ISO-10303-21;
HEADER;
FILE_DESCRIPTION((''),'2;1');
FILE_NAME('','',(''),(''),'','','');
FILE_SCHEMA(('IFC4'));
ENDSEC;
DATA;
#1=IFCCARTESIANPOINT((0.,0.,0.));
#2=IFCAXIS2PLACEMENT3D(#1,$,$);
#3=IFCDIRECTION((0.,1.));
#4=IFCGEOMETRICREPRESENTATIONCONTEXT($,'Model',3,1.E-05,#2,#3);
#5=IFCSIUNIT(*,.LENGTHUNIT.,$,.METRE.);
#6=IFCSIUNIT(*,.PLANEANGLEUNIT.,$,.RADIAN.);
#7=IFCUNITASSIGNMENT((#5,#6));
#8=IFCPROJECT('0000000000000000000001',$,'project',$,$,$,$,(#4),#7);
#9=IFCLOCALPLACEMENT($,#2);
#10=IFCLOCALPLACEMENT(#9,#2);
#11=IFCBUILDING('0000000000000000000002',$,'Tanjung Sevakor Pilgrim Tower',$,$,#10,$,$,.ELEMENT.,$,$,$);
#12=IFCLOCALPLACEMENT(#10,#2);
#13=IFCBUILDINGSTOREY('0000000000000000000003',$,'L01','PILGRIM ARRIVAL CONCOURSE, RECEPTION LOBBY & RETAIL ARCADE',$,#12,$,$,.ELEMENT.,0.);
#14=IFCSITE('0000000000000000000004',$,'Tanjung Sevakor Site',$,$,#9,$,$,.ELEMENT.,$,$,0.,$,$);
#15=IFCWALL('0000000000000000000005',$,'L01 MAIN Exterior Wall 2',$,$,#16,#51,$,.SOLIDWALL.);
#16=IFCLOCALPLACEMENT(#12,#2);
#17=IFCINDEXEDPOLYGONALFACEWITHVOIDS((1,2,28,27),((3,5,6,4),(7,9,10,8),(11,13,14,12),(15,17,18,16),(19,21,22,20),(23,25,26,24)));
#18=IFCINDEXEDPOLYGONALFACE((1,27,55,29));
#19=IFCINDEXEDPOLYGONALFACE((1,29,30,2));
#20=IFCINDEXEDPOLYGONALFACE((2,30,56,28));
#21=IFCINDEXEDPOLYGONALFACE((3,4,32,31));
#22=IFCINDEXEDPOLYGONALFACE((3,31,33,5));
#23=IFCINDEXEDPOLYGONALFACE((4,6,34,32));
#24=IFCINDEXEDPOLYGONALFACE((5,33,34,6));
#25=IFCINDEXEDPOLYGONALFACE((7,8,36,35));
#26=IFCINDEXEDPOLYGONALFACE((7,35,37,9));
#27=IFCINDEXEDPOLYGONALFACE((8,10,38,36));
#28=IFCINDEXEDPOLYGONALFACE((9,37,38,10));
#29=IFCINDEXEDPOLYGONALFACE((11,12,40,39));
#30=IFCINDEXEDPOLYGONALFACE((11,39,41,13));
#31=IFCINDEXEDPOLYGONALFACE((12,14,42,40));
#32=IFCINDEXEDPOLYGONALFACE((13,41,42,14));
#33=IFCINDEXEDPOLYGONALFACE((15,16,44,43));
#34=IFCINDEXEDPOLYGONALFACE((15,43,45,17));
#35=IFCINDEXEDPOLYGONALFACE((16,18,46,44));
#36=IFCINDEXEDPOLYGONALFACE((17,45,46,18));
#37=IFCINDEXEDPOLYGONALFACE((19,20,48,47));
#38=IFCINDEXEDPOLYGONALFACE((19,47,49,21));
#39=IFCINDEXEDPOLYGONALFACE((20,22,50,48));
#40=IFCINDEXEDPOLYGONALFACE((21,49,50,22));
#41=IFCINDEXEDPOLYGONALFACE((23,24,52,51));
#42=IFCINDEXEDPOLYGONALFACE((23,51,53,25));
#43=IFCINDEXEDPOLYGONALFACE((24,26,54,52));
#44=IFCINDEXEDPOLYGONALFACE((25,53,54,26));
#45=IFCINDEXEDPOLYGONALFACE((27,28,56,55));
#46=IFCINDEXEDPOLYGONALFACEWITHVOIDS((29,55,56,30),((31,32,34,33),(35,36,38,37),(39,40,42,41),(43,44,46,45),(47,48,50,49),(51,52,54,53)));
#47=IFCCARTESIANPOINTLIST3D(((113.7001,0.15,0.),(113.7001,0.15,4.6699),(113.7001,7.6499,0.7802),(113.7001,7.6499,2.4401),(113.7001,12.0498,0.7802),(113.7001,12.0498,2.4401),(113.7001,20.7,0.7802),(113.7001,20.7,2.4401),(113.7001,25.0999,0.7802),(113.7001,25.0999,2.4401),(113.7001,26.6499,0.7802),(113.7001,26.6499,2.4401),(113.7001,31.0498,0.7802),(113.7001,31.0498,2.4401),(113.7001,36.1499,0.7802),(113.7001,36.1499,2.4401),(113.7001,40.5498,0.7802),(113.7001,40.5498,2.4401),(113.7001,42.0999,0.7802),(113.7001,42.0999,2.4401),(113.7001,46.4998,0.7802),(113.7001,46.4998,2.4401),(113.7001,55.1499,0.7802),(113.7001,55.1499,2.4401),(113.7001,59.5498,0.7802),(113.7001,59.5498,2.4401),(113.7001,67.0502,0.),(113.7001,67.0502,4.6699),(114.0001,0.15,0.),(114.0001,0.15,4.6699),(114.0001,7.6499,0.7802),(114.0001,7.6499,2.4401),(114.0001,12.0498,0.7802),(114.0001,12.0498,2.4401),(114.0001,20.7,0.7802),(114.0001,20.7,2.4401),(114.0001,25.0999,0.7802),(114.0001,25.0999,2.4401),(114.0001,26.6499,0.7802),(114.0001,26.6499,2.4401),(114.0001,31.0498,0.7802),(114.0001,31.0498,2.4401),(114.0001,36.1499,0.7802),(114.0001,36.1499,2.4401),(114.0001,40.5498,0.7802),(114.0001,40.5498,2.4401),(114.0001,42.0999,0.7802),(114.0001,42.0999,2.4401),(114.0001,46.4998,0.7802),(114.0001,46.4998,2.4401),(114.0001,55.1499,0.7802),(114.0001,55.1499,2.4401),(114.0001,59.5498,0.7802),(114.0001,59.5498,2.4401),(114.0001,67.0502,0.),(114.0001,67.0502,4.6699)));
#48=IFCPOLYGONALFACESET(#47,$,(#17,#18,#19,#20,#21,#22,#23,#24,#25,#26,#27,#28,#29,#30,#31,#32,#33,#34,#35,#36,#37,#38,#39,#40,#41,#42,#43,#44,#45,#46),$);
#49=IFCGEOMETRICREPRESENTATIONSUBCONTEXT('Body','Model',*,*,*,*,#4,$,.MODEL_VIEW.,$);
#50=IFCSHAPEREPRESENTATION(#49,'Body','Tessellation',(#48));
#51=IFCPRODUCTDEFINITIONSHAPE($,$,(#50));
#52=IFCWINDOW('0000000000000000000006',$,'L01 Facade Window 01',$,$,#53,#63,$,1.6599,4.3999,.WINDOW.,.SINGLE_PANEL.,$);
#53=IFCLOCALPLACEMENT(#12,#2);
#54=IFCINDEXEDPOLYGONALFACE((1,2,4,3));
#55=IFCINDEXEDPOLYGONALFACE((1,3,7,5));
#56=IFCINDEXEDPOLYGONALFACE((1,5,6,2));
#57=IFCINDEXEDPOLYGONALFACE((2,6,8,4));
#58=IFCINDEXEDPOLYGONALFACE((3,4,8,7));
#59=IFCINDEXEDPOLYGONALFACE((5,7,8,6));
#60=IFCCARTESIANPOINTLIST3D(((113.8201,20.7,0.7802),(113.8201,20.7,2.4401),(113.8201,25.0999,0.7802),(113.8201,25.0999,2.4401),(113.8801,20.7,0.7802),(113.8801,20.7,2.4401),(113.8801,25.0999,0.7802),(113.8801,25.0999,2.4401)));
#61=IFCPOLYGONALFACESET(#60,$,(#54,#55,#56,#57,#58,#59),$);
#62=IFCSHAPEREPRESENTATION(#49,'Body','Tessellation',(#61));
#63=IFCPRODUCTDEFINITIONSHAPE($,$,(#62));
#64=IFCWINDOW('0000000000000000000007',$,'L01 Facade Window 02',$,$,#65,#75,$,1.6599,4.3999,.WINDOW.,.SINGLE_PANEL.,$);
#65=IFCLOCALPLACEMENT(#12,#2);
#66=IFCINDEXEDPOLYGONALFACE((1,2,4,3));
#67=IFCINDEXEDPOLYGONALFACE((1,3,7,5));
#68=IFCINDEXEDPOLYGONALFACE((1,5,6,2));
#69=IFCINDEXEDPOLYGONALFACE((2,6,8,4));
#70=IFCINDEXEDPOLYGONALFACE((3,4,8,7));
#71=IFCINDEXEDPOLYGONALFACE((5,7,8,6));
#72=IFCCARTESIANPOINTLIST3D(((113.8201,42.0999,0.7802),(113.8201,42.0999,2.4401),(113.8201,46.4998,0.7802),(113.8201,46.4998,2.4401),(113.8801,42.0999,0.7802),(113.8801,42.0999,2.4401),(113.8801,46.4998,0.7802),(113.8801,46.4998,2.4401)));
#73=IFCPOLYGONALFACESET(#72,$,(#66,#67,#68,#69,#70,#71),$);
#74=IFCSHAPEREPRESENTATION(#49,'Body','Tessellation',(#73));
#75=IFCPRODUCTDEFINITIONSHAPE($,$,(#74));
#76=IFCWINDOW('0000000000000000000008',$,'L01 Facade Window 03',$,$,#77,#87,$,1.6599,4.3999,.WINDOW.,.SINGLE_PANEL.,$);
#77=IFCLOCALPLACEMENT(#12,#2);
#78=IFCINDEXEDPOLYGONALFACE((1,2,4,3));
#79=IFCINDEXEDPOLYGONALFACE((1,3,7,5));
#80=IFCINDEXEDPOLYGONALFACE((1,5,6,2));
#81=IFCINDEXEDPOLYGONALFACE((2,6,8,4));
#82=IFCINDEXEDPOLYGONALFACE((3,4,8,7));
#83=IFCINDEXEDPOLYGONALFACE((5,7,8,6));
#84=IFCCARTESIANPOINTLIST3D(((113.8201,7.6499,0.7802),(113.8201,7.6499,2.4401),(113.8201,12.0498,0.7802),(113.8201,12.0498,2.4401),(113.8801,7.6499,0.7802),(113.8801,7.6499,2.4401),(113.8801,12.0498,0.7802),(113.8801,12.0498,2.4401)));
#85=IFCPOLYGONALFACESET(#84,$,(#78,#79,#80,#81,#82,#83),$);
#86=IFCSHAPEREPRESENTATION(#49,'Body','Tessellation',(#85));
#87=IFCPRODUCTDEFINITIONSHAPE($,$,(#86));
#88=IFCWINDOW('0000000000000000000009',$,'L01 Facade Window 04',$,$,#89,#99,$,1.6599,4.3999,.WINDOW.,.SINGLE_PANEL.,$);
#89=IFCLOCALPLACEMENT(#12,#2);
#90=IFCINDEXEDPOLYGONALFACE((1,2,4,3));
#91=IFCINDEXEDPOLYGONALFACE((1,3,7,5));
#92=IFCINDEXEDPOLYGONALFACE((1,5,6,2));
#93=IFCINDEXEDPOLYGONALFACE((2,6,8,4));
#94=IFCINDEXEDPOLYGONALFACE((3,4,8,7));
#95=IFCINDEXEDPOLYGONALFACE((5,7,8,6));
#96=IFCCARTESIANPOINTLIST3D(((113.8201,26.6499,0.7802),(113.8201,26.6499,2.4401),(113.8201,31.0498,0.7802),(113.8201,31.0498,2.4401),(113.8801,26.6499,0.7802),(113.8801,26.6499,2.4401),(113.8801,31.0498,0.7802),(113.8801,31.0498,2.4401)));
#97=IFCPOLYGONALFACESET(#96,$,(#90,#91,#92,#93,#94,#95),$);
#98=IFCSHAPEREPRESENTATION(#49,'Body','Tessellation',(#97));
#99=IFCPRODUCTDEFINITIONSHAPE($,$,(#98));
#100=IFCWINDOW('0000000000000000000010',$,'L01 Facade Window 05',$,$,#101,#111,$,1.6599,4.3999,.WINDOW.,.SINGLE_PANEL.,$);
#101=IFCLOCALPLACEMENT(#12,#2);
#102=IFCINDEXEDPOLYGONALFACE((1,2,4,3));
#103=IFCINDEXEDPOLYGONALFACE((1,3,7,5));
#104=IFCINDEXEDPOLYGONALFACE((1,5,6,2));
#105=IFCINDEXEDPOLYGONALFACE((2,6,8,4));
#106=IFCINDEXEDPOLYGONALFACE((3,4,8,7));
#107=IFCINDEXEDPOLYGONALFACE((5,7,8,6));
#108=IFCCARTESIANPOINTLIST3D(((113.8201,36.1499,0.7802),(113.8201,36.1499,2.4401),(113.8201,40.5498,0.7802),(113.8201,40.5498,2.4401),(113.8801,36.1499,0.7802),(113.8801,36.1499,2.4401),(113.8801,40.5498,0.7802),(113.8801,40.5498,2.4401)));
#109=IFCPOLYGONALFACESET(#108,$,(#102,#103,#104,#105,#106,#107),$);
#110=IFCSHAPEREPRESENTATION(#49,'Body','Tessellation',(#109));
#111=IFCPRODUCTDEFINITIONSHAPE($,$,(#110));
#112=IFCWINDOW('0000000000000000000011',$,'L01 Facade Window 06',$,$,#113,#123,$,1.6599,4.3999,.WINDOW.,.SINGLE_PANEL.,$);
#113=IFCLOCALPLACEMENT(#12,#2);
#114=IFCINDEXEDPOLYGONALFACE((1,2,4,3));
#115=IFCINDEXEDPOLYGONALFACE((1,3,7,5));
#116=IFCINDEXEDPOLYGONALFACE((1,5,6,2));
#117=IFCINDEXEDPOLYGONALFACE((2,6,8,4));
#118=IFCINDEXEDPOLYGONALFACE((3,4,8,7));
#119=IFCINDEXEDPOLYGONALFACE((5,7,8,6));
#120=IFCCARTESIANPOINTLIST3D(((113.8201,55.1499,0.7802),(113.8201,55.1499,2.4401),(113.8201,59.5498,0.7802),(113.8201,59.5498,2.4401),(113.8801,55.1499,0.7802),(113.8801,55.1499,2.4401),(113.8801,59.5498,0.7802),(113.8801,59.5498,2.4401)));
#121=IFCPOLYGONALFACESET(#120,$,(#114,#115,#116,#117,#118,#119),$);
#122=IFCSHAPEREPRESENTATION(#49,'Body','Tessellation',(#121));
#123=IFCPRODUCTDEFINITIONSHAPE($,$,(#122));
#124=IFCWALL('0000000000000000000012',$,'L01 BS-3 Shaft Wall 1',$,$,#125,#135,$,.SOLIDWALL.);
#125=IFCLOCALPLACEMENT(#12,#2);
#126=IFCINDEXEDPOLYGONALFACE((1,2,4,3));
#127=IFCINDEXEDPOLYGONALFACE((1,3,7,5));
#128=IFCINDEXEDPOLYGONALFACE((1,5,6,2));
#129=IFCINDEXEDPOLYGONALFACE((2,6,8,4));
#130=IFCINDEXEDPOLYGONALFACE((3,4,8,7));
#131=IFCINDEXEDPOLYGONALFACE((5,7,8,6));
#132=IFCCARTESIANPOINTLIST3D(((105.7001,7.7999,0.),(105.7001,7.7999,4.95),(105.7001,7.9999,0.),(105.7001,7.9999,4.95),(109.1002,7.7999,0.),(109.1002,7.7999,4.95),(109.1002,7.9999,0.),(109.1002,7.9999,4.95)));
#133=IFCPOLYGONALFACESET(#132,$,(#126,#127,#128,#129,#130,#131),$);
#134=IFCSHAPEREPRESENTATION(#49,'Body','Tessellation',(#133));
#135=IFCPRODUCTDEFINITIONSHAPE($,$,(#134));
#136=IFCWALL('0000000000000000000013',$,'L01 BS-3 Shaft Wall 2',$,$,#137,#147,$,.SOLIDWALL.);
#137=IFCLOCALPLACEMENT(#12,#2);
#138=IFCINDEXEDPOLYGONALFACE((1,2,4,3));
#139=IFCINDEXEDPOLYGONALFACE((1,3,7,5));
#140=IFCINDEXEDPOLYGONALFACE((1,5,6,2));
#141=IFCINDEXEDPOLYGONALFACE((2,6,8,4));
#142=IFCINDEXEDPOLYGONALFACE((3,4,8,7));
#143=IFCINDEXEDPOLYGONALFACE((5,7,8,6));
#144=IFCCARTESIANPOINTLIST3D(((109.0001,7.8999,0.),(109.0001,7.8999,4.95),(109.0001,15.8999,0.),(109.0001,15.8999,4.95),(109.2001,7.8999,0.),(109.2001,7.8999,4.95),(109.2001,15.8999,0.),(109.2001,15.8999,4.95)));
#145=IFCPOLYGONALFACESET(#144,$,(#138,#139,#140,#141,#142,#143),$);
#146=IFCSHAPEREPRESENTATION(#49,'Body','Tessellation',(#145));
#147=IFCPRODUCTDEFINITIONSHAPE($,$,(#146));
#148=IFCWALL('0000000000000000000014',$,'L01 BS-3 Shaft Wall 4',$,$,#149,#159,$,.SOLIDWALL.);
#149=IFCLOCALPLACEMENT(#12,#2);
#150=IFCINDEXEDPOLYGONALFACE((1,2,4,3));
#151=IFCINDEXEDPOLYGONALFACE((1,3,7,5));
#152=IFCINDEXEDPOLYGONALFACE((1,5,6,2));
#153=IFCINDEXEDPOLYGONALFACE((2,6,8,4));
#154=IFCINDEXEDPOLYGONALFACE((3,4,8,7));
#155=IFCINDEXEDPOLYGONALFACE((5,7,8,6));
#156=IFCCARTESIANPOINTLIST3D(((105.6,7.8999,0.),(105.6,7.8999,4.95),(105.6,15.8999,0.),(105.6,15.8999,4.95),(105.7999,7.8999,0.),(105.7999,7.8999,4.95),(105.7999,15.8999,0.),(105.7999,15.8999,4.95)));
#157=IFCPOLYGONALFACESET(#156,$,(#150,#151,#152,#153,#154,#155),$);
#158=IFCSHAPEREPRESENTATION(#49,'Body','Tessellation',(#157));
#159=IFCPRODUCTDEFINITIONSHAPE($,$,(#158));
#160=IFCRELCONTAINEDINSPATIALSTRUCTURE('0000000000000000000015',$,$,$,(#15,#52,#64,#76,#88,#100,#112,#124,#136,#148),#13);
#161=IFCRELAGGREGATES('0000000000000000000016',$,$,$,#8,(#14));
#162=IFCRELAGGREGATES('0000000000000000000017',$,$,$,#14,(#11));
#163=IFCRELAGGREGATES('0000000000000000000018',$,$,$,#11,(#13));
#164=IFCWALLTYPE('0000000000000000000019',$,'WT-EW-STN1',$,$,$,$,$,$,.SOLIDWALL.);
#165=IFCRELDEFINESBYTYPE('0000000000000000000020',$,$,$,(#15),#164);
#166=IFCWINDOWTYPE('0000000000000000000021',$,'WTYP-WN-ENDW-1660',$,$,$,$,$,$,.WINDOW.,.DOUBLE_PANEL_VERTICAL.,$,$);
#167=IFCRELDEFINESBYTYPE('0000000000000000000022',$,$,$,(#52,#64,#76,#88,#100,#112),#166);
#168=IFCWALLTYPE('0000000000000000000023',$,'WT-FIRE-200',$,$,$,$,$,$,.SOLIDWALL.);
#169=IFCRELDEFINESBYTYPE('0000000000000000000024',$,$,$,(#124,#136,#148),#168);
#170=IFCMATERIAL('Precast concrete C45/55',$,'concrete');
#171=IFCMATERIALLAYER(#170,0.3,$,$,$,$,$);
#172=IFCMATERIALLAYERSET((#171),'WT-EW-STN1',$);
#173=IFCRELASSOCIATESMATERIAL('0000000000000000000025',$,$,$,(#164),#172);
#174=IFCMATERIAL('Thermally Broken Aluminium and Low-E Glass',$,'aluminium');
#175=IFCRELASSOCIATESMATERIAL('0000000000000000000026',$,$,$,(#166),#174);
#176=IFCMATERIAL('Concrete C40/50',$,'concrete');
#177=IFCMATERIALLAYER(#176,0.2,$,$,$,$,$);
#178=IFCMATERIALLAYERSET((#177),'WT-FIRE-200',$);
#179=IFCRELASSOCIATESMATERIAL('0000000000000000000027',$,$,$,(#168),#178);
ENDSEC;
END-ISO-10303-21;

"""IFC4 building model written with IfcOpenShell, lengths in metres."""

from ifc_helpers import new_model, si_unit, direction, frame, frame_2d, origin, place, context, subcontext, project, spatial, rectangle, extrude, material, layer, layer_set, type_object, element, fill, save


model = new_model("IFC4")

# Units and contexts
model_context = context("Model", 3, precision=1e-05, world=origin(), true_north=direction((0.0, 1.0)))
body_context = subcontext(model_context, "Body", "Model", "MODEL_VIEW")
ifc_project = project(units=[si_unit("LENGTHUNIT", "METRE"), si_unit("PLANEANGLEUNIT", "RADIAN")], contexts=[model_context])

# Site, building, storey
site_placement = place(None, origin())
site = spatial("IfcSite", under=ifc_project, at=site_placement, Name="Tanjung Sevakor Site", CompositionType="ELEMENT", RefElevation=0.0)
building_placement = place(site_placement, origin())
building = spatial("IfcBuilding", under=site, at=building_placement, Name="Tanjung Sevakor Pilgrim Tower", CompositionType="ELEMENT")
storey_placement = place(building_placement, origin())
storey = spatial("IfcBuildingStorey", under=building, at=storey_placement, Name="L01", Description="PILGRIM ARRIVAL CONCOURSE, RECEPTION LOBBY & RETAIL ARCADE", CompositionType="ELEMENT", Elevation=0.0)

# Wall, openings, windows
ifc_material_1 = material(Name="Precast concrete C45/55", Category="concrete")
ifc_layer_1 = layer(ifc_material_1, 0.3)
ifc_layer_set_1 = layer_set([ifc_layer_1], Name="WT-EW-STN1")
wall_type_1 = type_object("IfcWallType", Name="WT-EW-STN1", PredefinedType="SOLIDWALL", material=ifc_layer_set_1)
wall_1_placement = place(storey_placement, frame((113.8501, 0.1499, 0.0), z_axis=(0.0, 0.0, 1.0), x_axis=(0.0, 1.0, 0.0)))
wall_1 = element("IfcWall", 1, at=wall_1_placement, inside=storey, type_object=wall_type_1, Name="L01 MAIN Exterior Wall 2", PredefinedType="SOLIDWALL", context=body_context, shape_type="SweptSolid", body=[
    extrude(rectangle(XDim=66.9001, YDim=0.3, at=frame_2d((33.4502, 0.0))), origin(), (0.0, 0.0, 1.0), 4.6699),
])
opening_1_placement = place(wall_1_placement, frame((20.55, 0.0, 0.78)))
opening_1 = element("IfcOpeningElement", 2, at=opening_1_placement, cuts=wall_1, PredefinedType="OPENING", context=body_context, shape_type="SweptSolid", body=[
    extrude(rectangle(XDim=4.3999, YDim=1.6599, at=frame_2d((2.2, 0.8301))), frame((0.0, 0.1599, 0.0), z_axis=(0.0, -1.0, 0.0), x_axis=(1.0, 0.0, 0.0)), (0.0, 0.0, 1.0), 0.3201),
])
opening_2_placement = place(wall_1_placement, frame((41.95, 0.0, 0.78)))
opening_2 = element("IfcOpeningElement", 3, at=opening_2_placement, cuts=wall_1, PredefinedType="OPENING", context=body_context, shape_type="SweptSolid", body=[
    extrude(rectangle(XDim=4.3999, YDim=1.6599, at=frame_2d((2.2, 0.8301))), frame((0.0, 0.1599, 0.0), z_axis=(0.0, -1.0, 0.0), x_axis=(1.0, 0.0, 0.0)), (0.0, 0.0, 1.0), 0.3201),
])
opening_3_placement = place(wall_1_placement, frame((7.5, 0.0, 0.78)))
opening_3 = element("IfcOpeningElement", 4, at=opening_3_placement, cuts=wall_1, PredefinedType="OPENING", context=body_context, shape_type="SweptSolid", body=[
    extrude(rectangle(XDim=4.3999, YDim=1.6599, at=frame_2d((2.2, 0.8301))), frame((0.0, 0.1599, 0.0), z_axis=(0.0, -1.0, 0.0), x_axis=(1.0, 0.0, 0.0)), (0.0, 0.0, 1.0), 0.3201),
])
opening_4_placement = place(wall_1_placement, frame((26.5, 0.0, 0.78)))
opening_4 = element("IfcOpeningElement", 5, at=opening_4_placement, cuts=wall_1, PredefinedType="OPENING", context=body_context, shape_type="SweptSolid", body=[
    extrude(rectangle(XDim=4.3999, YDim=1.6599, at=frame_2d((2.2, 0.8301))), frame((0.0, 0.1599, 0.0), z_axis=(0.0, -1.0, 0.0), x_axis=(1.0, 0.0, 0.0)), (0.0, 0.0, 1.0), 0.3201),
])
opening_5_placement = place(wall_1_placement, frame((36.0, 0.0, 0.78)))
opening_5 = element("IfcOpeningElement", 6, at=opening_5_placement, cuts=wall_1, PredefinedType="OPENING", context=body_context, shape_type="SweptSolid", body=[
    extrude(rectangle(XDim=4.3999, YDim=1.6599, at=frame_2d((2.2, 0.8301))), frame((0.0, 0.1599, 0.0), z_axis=(0.0, -1.0, 0.0), x_axis=(1.0, 0.0, 0.0)), (0.0, 0.0, 1.0), 0.3201),
])
opening_6_placement = place(wall_1_placement, frame((55.0, 0.0, 0.78)))
opening_6 = element("IfcOpeningElement", 7, at=opening_6_placement, cuts=wall_1, PredefinedType="OPENING", context=body_context, shape_type="SweptSolid", body=[
    extrude(rectangle(XDim=4.3999, YDim=1.6599, at=frame_2d((2.2, 0.8301))), frame((0.0, 0.1599, 0.0), z_axis=(0.0, -1.0, 0.0), x_axis=(1.0, 0.0, 0.0)), (0.0, 0.0, 1.0), 0.3201),
])
ifc_material_2 = material(Name="Thermally Broken Aluminium and Low-E Glass", Category="aluminium")
window_type = type_object("IfcWindowType", Name="WTYP-WN-ENDW-1660", PartitioningType="DOUBLE_PANEL_VERTICAL", PredefinedType="WINDOW", material=ifc_material_2)
window_1_placement = place(opening_1_placement, origin())
window_1 = element("IfcWindow", 8, at=window_1_placement, inside=storey, type_object=window_type, Name="L01 Facade Window 01", OverallHeight=1.6599, OverallWidth=4.3999, PartitioningType="SINGLE_PANEL", PredefinedType="WINDOW", context=body_context, shape_type="SweptSolid", body=[
    extrude(rectangle(XDim=4.3999, YDim=1.6599, at=frame_2d((2.2, 0.8301))), frame((0.0, 0.03, 0.0), z_axis=(0.0, -1.0, 0.0), x_axis=(1.0, 0.0, 0.0)), (0.0, 0.0, 1.0), 0.0601),
])
fill(opening_1, window_1)
window_2_placement = place(opening_2_placement, origin())
window_2 = element("IfcWindow", 9, at=window_2_placement, inside=storey, type_object=window_type, Name="L01 Facade Window 02", OverallHeight=1.6599, OverallWidth=4.3999, PartitioningType="SINGLE_PANEL", PredefinedType="WINDOW", context=body_context, shape_type="SweptSolid", body=[
    extrude(rectangle(XDim=4.3999, YDim=1.6599, at=frame_2d((2.2, 0.8301))), frame((0.0, 0.03, 0.0), z_axis=(0.0, -1.0, 0.0), x_axis=(1.0, 0.0, 0.0)), (0.0, 0.0, 1.0), 0.0601),
])
fill(opening_2, window_2)
window_3_placement = place(opening_3_placement, origin())
window_3 = element("IfcWindow", 10, at=window_3_placement, inside=storey, type_object=window_type, Name="L01 Facade Window 03", OverallHeight=1.6599, OverallWidth=4.3999, PartitioningType="SINGLE_PANEL", PredefinedType="WINDOW", context=body_context, shape_type="SweptSolid", body=[
    extrude(rectangle(XDim=4.3999, YDim=1.6599, at=frame_2d((2.2, 0.8301))), frame((0.0, 0.03, 0.0), z_axis=(0.0, -1.0, 0.0), x_axis=(1.0, 0.0, 0.0)), (0.0, 0.0, 1.0), 0.0601),
])
fill(opening_3, window_3)
window_4_placement = place(opening_4_placement, origin())
window_4 = element("IfcWindow", 11, at=window_4_placement, inside=storey, type_object=window_type, Name="L01 Facade Window 04", OverallHeight=1.6599, OverallWidth=4.3999, PartitioningType="SINGLE_PANEL", PredefinedType="WINDOW", context=body_context, shape_type="SweptSolid", body=[
    extrude(rectangle(XDim=4.3999, YDim=1.6599, at=frame_2d((2.2, 0.8301))), frame((0.0, 0.03, 0.0), z_axis=(0.0, -1.0, 0.0), x_axis=(1.0, 0.0, 0.0)), (0.0, 0.0, 1.0), 0.0601),
])
fill(opening_4, window_4)
window_5_placement = place(opening_5_placement, origin())
window_5 = element("IfcWindow", 12, at=window_5_placement, inside=storey, type_object=window_type, Name="L01 Facade Window 05", OverallHeight=1.6599, OverallWidth=4.3999, PartitioningType="SINGLE_PANEL", PredefinedType="WINDOW", context=body_context, shape_type="SweptSolid", body=[
    extrude(rectangle(XDim=4.3999, YDim=1.6599, at=frame_2d((2.2, 0.8301))), frame((0.0, 0.03, 0.0), z_axis=(0.0, -1.0, 0.0), x_axis=(1.0, 0.0, 0.0)), (0.0, 0.0, 1.0), 0.0601),
])
fill(opening_5, window_5)
window_6_placement = place(opening_6_placement, origin())
window_6 = element("IfcWindow", 13, at=window_6_placement, inside=storey, type_object=window_type, Name="L01 Facade Window 06", OverallHeight=1.6599, OverallWidth=4.3999, PartitioningType="SINGLE_PANEL", PredefinedType="WINDOW", context=body_context, shape_type="SweptSolid", body=[
    extrude(rectangle(XDim=4.3999, YDim=1.6599, at=frame_2d((2.2, 0.8301))), frame((0.0, 0.03, 0.0), z_axis=(0.0, -1.0, 0.0), x_axis=(1.0, 0.0, 0.0)), (0.0, 0.0, 1.0), 0.0601),
])
fill(opening_6, window_6)

# Walls
ifc_material_3 = material(Name="Concrete C40/50", Category="concrete")
ifc_layer_2 = layer(ifc_material_3, 0.2)
ifc_layer_set_2 = layer_set([ifc_layer_2], Name="WT-FIRE-200")
wall_type_2 = type_object("IfcWallType", Name="WT-FIRE-200", PredefinedType="SOLIDWALL", material=ifc_layer_set_2)
wall_2_placement = place(storey_placement, frame((105.7, 7.8999, 0.0), z_axis=(0.0, 0.0, 1.0), x_axis=(1.0, 0.0, 0.0)))
element("IfcWall", 14, at=wall_2_placement, inside=storey, type_object=wall_type_2, Name="L01 BS-3 Shaft Wall 1", PredefinedType="SOLIDWALL", context=body_context, shape_type="SweptSolid", body=[
    extrude(rectangle(XDim=3.4001, YDim=0.2, at=frame_2d((1.7002, 0.0))), origin(), (0.0, 0.0, 1.0), 4.95),
])
wall_3_placement = place(storey_placement, frame((109.1001, 7.8999, 0.0), z_axis=(0.0, 0.0, 1.0), x_axis=(0.0, 1.0, 0.0)))
element("IfcWall", 15, at=wall_3_placement, inside=storey, type_object=wall_type_2, Name="L01 BS-3 Shaft Wall 2", PredefinedType="SOLIDWALL", context=body_context, shape_type="SweptSolid", body=[
    extrude(rectangle(XDim=8.0, YDim=0.2, at=frame_2d((4.0, 0.0))), origin(), (0.0, 0.0, 1.0), 4.95),
])

# Wall
wall_4_placement = place(storey_placement, frame((105.7, 15.8999, 0.0), z_axis=(0.0, 0.0, 1.0), x_axis=(0.0, -1.0, 0.0)))
element("IfcWall", 16, at=wall_4_placement, inside=storey, type_object=wall_type_2, Name="L01 BS-3 Shaft Wall 4", PredefinedType="SOLIDWALL", context=body_context, shape_type="SweptSolid", body=[
    extrude(rectangle(XDim=8.0, YDim=0.2, at=frame_2d((4.0, 0.0))), origin(), (0.0, 0.0, 1.0), 4.95),
])

save(model, "model.ifc")
